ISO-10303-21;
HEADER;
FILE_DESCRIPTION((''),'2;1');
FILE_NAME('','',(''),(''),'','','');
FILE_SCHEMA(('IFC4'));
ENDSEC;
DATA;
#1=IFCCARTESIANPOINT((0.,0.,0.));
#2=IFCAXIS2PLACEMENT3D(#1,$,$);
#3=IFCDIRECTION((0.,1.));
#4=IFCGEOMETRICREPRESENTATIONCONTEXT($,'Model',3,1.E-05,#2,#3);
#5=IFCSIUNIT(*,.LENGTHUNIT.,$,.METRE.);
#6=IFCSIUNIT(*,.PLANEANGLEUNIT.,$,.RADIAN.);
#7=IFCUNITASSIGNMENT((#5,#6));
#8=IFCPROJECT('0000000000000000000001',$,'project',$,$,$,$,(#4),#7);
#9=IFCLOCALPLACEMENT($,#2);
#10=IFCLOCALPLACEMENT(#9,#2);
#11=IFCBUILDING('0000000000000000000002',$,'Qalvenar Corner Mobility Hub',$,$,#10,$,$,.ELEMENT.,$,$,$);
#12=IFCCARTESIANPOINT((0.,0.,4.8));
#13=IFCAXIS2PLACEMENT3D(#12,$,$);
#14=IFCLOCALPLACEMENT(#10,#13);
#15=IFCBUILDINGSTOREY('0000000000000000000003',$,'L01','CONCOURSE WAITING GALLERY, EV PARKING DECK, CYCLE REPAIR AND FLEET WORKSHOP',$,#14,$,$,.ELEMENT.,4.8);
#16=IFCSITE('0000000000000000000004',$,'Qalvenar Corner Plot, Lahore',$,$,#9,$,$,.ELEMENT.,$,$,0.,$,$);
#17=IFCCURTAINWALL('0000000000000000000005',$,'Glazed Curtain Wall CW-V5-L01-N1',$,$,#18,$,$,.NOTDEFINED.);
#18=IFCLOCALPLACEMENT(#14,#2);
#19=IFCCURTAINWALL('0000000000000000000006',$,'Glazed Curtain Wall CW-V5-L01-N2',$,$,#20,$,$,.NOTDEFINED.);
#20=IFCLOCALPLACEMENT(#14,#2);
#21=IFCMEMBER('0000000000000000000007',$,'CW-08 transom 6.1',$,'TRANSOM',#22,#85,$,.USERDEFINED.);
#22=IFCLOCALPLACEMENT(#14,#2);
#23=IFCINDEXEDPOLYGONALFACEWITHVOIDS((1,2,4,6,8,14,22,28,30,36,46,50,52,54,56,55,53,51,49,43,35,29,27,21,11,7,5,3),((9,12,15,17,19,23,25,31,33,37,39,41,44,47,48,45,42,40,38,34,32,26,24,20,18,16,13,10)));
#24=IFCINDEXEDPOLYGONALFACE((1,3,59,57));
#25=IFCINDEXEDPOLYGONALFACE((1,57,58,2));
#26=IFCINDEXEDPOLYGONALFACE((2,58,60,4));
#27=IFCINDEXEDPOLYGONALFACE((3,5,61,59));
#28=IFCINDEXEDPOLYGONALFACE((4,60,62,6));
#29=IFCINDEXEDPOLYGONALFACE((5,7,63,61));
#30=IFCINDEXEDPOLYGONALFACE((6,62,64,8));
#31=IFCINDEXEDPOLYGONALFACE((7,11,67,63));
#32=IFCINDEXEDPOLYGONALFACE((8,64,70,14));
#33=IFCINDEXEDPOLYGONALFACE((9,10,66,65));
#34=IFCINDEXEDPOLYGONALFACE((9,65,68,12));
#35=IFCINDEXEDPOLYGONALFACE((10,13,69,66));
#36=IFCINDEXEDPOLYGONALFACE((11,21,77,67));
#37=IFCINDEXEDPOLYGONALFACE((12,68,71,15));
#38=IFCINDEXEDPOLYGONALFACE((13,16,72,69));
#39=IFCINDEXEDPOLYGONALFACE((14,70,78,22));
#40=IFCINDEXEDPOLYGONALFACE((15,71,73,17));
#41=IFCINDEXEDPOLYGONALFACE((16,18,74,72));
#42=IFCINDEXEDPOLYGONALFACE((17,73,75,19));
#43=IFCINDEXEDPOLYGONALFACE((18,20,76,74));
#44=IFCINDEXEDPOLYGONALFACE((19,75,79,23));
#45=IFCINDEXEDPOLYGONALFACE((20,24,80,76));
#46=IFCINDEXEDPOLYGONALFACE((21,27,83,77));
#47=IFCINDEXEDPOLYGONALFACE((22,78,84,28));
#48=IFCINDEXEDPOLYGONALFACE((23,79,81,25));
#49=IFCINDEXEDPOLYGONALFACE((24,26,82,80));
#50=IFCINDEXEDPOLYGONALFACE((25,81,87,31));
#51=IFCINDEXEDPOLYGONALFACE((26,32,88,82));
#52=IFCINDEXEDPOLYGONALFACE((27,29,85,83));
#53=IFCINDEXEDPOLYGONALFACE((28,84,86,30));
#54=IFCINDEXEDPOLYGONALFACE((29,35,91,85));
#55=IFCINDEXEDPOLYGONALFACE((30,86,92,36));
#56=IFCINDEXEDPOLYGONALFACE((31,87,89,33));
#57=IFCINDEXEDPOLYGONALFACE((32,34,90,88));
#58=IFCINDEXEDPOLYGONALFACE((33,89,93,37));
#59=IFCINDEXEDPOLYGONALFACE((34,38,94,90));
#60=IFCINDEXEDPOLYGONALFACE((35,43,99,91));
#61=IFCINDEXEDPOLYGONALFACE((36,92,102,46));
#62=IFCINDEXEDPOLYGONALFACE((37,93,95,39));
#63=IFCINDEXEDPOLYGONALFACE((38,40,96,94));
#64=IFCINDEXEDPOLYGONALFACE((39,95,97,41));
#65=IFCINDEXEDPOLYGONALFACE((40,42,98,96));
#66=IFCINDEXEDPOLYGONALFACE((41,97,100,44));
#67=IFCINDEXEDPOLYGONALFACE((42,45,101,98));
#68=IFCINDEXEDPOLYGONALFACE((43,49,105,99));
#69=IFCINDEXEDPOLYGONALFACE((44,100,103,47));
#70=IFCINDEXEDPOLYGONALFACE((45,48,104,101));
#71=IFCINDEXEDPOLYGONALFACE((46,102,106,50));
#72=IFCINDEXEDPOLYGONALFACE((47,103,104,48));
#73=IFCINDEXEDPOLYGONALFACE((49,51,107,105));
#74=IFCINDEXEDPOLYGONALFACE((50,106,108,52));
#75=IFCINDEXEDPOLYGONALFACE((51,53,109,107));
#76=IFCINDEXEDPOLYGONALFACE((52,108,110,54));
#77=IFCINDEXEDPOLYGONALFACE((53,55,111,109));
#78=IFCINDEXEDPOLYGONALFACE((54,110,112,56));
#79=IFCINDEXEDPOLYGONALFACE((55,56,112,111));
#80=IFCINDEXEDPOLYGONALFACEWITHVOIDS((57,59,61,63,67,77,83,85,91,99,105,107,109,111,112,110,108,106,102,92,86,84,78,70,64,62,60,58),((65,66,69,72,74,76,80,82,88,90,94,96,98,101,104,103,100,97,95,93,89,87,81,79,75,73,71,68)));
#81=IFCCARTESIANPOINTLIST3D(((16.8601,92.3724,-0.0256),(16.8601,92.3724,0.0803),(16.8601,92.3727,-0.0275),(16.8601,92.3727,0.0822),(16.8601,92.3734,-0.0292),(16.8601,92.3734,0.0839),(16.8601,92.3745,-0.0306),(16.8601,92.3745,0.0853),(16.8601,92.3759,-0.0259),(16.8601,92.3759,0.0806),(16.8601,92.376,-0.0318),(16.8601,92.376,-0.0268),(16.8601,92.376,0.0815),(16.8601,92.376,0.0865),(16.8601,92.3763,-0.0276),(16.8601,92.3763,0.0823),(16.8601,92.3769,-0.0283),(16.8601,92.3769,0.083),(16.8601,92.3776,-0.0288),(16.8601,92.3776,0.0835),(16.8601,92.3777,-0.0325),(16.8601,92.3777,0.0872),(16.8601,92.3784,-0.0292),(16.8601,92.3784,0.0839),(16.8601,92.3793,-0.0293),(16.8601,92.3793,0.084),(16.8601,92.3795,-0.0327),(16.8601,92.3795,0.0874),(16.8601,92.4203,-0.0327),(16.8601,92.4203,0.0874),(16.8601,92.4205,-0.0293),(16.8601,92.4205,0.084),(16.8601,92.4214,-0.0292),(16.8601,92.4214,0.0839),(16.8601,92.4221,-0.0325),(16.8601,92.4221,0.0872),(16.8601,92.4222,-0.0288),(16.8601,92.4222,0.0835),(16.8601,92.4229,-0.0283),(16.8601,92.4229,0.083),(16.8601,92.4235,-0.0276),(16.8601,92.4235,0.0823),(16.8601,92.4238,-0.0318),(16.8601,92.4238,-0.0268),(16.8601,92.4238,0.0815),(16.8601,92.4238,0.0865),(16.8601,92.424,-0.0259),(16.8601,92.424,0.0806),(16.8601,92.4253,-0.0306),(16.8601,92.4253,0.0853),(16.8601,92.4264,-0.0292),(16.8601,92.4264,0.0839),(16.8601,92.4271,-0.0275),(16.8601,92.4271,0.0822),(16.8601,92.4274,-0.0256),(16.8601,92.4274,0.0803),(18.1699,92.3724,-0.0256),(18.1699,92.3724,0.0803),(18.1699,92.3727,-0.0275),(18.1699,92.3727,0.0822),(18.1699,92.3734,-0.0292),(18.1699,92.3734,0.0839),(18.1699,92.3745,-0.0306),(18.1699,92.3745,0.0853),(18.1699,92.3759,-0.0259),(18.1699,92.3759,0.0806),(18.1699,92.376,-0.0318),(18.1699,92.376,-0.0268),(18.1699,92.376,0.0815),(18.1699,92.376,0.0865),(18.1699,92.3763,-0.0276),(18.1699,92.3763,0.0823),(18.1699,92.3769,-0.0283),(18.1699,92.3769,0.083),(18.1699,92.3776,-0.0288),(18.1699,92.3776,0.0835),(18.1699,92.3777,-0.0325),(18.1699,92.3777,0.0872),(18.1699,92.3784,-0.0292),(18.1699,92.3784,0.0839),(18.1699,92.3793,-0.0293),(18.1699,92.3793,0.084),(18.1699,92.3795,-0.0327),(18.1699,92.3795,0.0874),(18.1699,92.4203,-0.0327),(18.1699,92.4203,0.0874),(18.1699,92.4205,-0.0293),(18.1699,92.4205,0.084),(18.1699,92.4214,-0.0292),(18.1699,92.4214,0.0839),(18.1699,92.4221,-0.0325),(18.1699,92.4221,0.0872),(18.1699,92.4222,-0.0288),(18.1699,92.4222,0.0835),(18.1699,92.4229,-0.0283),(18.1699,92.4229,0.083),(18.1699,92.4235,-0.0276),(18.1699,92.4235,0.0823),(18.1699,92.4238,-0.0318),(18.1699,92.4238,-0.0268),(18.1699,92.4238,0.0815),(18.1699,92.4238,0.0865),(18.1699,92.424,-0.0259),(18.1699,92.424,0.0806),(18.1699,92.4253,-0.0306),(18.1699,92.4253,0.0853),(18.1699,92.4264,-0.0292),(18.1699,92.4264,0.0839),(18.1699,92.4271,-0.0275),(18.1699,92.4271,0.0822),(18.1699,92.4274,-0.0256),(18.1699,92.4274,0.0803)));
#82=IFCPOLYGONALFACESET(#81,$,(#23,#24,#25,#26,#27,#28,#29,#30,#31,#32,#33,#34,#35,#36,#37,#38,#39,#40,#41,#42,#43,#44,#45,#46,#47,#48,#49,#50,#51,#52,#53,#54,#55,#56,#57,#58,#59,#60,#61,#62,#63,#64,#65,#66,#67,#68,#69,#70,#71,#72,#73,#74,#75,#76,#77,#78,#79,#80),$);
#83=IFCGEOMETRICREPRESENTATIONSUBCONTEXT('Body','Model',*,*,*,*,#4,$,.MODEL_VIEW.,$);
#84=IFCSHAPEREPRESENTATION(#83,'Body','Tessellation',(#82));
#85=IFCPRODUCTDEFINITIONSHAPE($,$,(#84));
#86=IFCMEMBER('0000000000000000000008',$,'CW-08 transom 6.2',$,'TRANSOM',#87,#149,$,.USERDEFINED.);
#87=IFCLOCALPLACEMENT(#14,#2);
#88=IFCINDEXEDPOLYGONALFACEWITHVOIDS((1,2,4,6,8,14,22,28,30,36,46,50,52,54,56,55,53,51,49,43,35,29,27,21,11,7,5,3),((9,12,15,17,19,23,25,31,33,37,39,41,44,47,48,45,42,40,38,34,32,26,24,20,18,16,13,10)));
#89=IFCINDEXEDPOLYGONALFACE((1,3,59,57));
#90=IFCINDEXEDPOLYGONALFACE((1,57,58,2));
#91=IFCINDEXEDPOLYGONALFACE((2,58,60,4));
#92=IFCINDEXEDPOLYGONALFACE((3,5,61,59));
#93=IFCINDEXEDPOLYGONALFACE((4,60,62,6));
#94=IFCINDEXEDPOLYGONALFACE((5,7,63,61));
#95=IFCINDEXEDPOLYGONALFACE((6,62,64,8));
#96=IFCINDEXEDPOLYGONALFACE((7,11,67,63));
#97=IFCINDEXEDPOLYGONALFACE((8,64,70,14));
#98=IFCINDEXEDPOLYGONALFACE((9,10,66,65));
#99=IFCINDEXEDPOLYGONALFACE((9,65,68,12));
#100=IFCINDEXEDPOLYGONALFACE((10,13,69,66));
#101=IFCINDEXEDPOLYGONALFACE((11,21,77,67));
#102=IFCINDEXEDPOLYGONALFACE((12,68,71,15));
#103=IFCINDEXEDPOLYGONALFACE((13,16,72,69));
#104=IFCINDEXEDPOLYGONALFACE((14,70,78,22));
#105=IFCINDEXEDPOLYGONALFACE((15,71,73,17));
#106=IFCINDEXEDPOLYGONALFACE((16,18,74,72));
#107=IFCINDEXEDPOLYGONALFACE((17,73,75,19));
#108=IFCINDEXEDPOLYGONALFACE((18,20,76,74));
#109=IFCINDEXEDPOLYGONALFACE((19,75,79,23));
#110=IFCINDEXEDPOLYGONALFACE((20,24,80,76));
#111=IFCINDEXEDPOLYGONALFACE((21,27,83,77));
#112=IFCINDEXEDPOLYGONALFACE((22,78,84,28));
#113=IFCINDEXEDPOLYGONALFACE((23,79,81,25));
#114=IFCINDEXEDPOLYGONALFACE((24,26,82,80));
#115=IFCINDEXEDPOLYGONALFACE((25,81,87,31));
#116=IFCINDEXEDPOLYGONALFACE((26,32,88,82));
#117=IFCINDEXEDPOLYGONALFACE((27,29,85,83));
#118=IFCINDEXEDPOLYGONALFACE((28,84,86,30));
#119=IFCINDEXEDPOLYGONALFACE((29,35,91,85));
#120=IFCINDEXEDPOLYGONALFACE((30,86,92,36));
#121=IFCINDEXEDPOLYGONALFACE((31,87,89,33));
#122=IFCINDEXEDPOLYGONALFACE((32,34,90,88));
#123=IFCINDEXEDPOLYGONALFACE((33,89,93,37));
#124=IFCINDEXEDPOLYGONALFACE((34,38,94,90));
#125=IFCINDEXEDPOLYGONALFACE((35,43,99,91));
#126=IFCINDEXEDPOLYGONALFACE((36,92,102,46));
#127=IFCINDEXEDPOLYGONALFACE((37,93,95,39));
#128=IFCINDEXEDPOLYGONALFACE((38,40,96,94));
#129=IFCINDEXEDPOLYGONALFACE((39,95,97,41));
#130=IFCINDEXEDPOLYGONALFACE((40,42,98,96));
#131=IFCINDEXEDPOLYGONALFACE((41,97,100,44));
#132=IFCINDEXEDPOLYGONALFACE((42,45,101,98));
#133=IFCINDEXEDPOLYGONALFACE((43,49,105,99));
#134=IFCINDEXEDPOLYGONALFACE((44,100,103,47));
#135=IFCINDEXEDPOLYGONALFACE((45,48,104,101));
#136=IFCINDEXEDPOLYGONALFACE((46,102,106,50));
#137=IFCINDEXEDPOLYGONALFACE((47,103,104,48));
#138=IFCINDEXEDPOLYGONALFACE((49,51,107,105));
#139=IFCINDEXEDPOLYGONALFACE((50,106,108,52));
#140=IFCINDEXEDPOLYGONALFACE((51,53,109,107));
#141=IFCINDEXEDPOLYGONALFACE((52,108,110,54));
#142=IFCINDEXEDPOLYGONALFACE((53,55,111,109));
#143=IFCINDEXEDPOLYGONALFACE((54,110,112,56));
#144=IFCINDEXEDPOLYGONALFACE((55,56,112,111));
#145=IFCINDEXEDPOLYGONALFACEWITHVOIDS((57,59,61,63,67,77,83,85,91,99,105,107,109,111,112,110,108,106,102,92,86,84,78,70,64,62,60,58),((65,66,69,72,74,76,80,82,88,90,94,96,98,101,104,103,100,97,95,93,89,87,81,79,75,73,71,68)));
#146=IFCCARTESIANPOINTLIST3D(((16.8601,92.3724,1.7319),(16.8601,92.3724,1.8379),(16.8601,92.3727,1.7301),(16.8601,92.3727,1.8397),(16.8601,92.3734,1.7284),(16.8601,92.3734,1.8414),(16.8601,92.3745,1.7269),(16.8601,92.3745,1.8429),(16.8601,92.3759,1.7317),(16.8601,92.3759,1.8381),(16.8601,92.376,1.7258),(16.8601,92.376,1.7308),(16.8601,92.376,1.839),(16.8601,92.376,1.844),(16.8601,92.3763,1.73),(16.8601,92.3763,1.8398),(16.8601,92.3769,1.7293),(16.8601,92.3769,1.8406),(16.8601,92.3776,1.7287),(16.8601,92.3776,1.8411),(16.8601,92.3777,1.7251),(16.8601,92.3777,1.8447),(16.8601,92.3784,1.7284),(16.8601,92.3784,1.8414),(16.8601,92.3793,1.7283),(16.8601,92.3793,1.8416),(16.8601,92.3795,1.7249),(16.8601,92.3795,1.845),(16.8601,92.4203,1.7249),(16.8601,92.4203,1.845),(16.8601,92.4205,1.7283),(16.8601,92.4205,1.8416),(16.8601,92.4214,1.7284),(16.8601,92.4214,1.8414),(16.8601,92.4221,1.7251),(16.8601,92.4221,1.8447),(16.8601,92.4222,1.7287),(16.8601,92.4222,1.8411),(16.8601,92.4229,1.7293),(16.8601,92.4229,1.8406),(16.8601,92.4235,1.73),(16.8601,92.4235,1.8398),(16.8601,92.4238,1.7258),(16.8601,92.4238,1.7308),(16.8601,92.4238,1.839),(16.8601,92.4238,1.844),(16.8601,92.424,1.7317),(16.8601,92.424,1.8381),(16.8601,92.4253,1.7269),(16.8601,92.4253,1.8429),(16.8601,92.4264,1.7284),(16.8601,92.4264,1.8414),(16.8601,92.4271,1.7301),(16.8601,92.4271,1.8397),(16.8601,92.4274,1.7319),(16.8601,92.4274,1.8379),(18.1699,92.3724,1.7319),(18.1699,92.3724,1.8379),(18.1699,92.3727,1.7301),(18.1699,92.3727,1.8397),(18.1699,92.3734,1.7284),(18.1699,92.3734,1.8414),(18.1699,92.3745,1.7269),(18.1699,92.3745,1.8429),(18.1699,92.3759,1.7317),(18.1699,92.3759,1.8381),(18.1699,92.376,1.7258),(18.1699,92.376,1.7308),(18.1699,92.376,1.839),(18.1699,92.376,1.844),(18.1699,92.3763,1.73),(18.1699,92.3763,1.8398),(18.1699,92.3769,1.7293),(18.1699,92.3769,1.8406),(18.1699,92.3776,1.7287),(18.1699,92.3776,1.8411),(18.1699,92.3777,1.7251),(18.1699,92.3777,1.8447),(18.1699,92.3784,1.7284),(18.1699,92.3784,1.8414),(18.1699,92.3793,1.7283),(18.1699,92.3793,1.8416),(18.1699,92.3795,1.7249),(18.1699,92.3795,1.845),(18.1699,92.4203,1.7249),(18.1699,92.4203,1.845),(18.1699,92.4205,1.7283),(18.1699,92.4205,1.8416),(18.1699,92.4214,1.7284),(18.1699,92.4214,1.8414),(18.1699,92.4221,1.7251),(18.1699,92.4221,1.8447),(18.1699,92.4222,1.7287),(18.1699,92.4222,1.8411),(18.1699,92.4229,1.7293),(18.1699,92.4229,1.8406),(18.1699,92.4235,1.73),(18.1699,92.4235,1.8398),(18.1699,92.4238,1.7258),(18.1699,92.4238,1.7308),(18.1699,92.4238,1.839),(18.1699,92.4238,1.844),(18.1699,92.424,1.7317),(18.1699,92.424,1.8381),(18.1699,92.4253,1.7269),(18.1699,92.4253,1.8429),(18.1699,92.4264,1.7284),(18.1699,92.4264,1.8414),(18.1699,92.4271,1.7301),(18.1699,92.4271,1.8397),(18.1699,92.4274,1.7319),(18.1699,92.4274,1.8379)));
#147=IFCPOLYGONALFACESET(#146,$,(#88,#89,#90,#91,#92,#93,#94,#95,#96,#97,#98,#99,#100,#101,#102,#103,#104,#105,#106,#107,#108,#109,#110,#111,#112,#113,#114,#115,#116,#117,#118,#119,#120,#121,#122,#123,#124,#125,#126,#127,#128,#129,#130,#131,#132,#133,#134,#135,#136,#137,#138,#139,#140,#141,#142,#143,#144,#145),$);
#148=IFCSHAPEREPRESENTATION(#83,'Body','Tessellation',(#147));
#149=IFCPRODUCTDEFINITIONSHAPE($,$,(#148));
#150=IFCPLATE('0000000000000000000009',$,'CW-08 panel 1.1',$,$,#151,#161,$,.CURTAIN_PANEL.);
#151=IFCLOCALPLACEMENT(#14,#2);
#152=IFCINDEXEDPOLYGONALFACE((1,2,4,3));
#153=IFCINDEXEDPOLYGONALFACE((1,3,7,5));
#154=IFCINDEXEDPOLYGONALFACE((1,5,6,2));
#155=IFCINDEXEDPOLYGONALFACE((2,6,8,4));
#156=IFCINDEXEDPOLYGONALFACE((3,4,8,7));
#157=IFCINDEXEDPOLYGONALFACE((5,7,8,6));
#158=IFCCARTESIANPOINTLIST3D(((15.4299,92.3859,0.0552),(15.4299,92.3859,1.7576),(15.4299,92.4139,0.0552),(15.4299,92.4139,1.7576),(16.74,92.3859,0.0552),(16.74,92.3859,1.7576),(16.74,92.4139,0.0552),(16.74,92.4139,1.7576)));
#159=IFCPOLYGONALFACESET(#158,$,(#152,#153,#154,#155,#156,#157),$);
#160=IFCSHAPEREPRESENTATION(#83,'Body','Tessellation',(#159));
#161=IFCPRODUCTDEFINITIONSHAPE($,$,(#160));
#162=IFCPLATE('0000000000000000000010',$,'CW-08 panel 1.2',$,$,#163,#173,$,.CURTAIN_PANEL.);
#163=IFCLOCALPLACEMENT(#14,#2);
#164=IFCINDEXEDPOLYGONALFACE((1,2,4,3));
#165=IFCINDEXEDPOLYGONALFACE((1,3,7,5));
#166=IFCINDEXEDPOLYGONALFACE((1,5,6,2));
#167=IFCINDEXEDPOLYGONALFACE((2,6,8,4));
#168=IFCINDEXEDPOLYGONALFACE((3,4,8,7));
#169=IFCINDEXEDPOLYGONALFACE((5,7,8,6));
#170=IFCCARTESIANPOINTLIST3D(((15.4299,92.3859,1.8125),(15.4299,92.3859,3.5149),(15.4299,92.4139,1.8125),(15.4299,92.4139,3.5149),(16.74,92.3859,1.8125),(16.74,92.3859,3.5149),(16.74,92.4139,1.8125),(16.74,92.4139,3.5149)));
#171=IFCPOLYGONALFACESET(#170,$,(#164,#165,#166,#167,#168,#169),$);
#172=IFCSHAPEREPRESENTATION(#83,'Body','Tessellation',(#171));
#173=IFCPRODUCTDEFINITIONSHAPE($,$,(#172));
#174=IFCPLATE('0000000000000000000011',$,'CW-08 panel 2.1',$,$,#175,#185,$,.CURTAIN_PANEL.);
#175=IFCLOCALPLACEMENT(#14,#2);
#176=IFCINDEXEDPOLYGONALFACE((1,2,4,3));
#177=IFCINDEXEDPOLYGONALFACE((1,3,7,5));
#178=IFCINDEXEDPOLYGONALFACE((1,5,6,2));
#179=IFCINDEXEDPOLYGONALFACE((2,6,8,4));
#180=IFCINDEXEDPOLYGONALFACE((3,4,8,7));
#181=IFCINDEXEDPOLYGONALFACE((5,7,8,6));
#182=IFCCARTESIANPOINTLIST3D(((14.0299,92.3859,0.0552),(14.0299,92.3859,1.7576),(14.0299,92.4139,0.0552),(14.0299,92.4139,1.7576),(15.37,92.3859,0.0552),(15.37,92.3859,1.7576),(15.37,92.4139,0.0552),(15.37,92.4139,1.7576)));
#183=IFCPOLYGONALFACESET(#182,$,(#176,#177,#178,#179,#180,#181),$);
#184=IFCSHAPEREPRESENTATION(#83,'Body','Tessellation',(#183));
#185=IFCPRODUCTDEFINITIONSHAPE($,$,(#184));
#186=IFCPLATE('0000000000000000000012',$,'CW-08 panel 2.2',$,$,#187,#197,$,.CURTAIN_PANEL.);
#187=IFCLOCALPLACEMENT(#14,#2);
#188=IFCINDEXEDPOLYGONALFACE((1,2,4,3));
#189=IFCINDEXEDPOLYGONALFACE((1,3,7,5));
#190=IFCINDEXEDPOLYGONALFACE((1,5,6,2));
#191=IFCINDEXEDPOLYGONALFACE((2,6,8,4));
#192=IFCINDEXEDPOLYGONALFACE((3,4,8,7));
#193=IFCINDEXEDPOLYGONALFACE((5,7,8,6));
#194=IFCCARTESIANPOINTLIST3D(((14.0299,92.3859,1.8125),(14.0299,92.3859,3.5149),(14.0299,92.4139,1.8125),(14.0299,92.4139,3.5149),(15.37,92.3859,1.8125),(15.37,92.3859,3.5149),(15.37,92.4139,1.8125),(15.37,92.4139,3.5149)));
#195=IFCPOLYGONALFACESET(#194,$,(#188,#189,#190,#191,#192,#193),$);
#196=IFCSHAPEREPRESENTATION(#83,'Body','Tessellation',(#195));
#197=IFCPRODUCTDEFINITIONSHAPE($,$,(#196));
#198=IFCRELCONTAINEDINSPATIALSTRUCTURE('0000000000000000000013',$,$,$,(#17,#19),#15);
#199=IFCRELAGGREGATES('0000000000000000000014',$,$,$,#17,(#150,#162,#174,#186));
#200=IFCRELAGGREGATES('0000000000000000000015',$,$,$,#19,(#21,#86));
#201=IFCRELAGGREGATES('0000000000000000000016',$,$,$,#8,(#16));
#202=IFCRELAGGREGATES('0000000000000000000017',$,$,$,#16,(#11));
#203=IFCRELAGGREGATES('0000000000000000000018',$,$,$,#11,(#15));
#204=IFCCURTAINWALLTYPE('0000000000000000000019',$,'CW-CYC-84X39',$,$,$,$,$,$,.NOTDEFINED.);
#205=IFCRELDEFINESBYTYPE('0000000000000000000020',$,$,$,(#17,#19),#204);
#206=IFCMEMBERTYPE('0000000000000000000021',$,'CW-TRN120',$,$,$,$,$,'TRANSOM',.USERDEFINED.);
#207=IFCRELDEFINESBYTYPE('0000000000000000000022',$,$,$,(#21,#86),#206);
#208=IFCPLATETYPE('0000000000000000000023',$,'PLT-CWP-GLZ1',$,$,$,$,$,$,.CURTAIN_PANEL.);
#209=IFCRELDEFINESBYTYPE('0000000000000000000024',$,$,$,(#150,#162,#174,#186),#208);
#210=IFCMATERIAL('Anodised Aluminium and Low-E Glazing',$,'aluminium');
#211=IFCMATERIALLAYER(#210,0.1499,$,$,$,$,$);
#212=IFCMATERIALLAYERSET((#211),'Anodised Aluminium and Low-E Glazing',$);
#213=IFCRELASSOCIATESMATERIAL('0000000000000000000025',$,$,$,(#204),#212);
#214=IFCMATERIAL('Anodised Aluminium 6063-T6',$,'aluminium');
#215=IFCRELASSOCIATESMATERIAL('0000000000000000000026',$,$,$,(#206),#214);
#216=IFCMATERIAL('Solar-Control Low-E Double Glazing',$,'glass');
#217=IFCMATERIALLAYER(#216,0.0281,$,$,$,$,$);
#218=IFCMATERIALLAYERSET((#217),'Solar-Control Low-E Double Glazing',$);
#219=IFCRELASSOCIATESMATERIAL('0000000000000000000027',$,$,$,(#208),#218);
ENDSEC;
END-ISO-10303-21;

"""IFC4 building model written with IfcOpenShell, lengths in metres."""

from ifc_helpers import new_model, si_unit, direction, frame, origin, origin_2d, place, context, subcontext, project, spatial, rectangle, hollow_rectangle, extrude, material, layer, layer_set, material_profile, profile_set, type_object, element, aggregate, save


model = new_model("IFC4")

# Units and contexts
model_context = context("Model", 3, precision=1e-05, world=origin(), true_north=direction((0.0, 1.0)))
body_context = subcontext(model_context, "Body", "Model", "MODEL_VIEW")
ifc_project = project(units=[si_unit("LENGTHUNIT", "METRE"), si_unit("PLANEANGLEUNIT", "RADIAN")], contexts=[model_context])

# Site, building, storey
site_placement = place(None, origin())
site = spatial("IfcSite", under=ifc_project, at=site_placement, Name="Qalvenar Corner Plot, Lahore", CompositionType="ELEMENT", RefElevation=0.0)
building_placement = place(site_placement, origin())
building = spatial("IfcBuilding", under=site, at=building_placement, Name="Qalvenar Corner Mobility Hub", CompositionType="ELEMENT")
storey_placement = place(building_placement, frame((0.0, 0.0, 4.8)))
storey = spatial("IfcBuildingStorey", under=building, at=storey_placement, Name="L01", Description="CONCOURSE WAITING GALLERY, EV PARKING DECK, CYCLE REPAIR AND FLEET WORKSHOP", CompositionType="ELEMENT", Elevation=4.8)

# Curtain wall
ifc_material_1 = material(Name="Anodised Aluminium and Low-E Glazing", Category="aluminium")
ifc_layer_1 = layer(ifc_material_1, 0.1499)
ifc_layer_set_1 = layer_set([ifc_layer_1], Name="Anodised Aluminium and Low-E Glazing")
curtain_wall_type = type_object("IfcCurtainWallType", Name="CW-CYC-84X39", PredefinedType="NOTDEFINED", material=ifc_layer_set_1)
curtain_wall_1_placement = place(storey_placement, origin())
curtain_wall_1 = element("IfcCurtainWall", 1, at=curtain_wall_1_placement, inside=storey, type_object=curtain_wall_type, Name="Glazed Curtain Wall CW-V5-L01-N1", PredefinedType="NOTDEFINED")
ifc_material_2 = material(Name="Anodised Aluminium 6063-T6", Category="aluminium")

# Curtain wall
curtain_wall_2_placement = place(storey_placement, origin())
curtain_wall_2 = element("IfcCurtainWall", 2, at=curtain_wall_2_placement, inside=storey, type_object=curtain_wall_type, Name="Glazed Curtain Wall CW-V5-L01-N2", PredefinedType="NOTDEFINED")

# Members
ifc_material_profile_1 = material_profile(ifc_material_2, hollow_rectangle(XDim=0.0549, YDim=0.1201, WallThickness=0.0034, InnerFilletRadius=0.0034, OuterFilletRadius=0.0071, at=origin_2d()), Name="RHS120x55x3.5")
ifc_profile_set_1 = profile_set([ifc_material_profile_1], Name="Anodised Aluminium 6063-T6")
member_type_1 = type_object("IfcMemberType", Name="CW-TRN120", ElementType="TRANSOM", PredefinedType="USERDEFINED", material=ifc_profile_set_1)
member_1_placement = place(storey_placement, frame((18.1699, 92.3999, 0.0273), z_axis=(-1.0, 0.0, 0.0), x_axis=(0.0, -1.0, 0.0)))
member_1 = element("IfcMember", 3, at=member_1_placement, type_object=member_type_1, Name="CW-08 transom 6.1", ObjectType="TRANSOM", PredefinedType="USERDEFINED", context=body_context, shape_type="SweptSolid", body=[
    extrude(hollow_rectangle(XDim=0.0549, YDim=0.1201, WallThickness=0.0034, InnerFilletRadius=0.0034, OuterFilletRadius=0.0071, at=origin_2d()), origin(), (0.0, 0.0, 1.0), 1.3098),
])
member_2_placement = place(storey_placement, frame((18.1699, 92.3999, 1.7849), z_axis=(-1.0, 0.0, 0.0), x_axis=(0.0, -1.0, 0.0)))
member_2 = element("IfcMember", 4, at=member_2_placement, type_object=member_type_1, Name="CW-08 transom 6.2", ObjectType="TRANSOM", PredefinedType="USERDEFINED", context=body_context, shape_type="SweptSolid", body=[
    extrude(hollow_rectangle(XDim=0.0549, YDim=0.1201, WallThickness=0.0034, InnerFilletRadius=0.0034, OuterFilletRadius=0.0071, at=origin_2d()), origin(), (0.0, 0.0, 1.0), 1.3098),
])

# Plates
ifc_material_3 = material(Name="Solar-Control Low-E Double Glazing", Category="glass")
ifc_layer_2 = layer(ifc_material_3, 0.0281)
ifc_layer_set_2 = layer_set([ifc_layer_2], Name="Solar-Control Low-E Double Glazing")
plate_type = type_object("IfcPlateType", Name="PLT-CWP-GLZ1", PredefinedType="CURTAIN_PANEL", material=ifc_layer_set_2)
plate_1_placement = place(storey_placement, frame((16.085, 92.3999, 0.0552), z_axis=(0.0, 0.0, 1.0), x_axis=(-1.0, 0.0, 0.0)))
plate_1 = element("IfcPlate", 5, at=plate_1_placement, type_object=plate_type, Name="CW-08 panel 1.1", PredefinedType="CURTAIN_PANEL", context=body_context, shape_type="SweptSolid", body=[
    extrude(rectangle(XDim=1.3101, YDim=0.0281, at=origin_2d()), origin(), (0.0, 0.0, 1.0), 1.7024),
])
plate_2_placement = place(storey_placement, frame((16.085, 92.3999, 1.8125), z_axis=(0.0, 0.0, 1.0), x_axis=(-1.0, 0.0, 0.0)))
plate_2 = element("IfcPlate", 6, at=plate_2_placement, type_object=plate_type, Name="CW-08 panel 1.2", PredefinedType="CURTAIN_PANEL", context=body_context, shape_type="SweptSolid", body=[
    extrude(rectangle(XDim=1.3101, YDim=0.0281, at=origin_2d()), origin(), (0.0, 0.0, 1.0), 1.7024),
])
plate_3_placement = place(storey_placement, frame((14.7, 92.3999, 0.0552), z_axis=(0.0, 0.0, 1.0), x_axis=(-1.0, 0.0, 0.0)))
plate_3 = element("IfcPlate", 7, at=plate_3_placement, type_object=plate_type, Name="CW-08 panel 2.1", PredefinedType="CURTAIN_PANEL", context=body_context, shape_type="SweptSolid", body=[
    extrude(rectangle(XDim=1.3401, YDim=0.0281, at=origin_2d()), origin(), (0.0, 0.0, 1.0), 1.7024),
])
plate_4_placement = place(storey_placement, frame((14.7, 92.3999, 1.8125), z_axis=(0.0, 0.0, 1.0), x_axis=(-1.0, 0.0, 0.0)))
plate_4 = element("IfcPlate", 8, at=plate_4_placement, type_object=plate_type, Name="CW-08 panel 2.2", PredefinedType="CURTAIN_PANEL", context=body_context, shape_type="SweptSolid", body=[
    extrude(rectangle(XDim=1.3401, YDim=0.0281, at=origin_2d()), origin(), (0.0, 0.0, 1.0), 1.7024),
])
aggregate(curtain_wall_1, [plate_1, plate_2, plate_3, plate_4])
aggregate(curtain_wall_2, [member_1, member_2])

save(model, "model.ifc")
